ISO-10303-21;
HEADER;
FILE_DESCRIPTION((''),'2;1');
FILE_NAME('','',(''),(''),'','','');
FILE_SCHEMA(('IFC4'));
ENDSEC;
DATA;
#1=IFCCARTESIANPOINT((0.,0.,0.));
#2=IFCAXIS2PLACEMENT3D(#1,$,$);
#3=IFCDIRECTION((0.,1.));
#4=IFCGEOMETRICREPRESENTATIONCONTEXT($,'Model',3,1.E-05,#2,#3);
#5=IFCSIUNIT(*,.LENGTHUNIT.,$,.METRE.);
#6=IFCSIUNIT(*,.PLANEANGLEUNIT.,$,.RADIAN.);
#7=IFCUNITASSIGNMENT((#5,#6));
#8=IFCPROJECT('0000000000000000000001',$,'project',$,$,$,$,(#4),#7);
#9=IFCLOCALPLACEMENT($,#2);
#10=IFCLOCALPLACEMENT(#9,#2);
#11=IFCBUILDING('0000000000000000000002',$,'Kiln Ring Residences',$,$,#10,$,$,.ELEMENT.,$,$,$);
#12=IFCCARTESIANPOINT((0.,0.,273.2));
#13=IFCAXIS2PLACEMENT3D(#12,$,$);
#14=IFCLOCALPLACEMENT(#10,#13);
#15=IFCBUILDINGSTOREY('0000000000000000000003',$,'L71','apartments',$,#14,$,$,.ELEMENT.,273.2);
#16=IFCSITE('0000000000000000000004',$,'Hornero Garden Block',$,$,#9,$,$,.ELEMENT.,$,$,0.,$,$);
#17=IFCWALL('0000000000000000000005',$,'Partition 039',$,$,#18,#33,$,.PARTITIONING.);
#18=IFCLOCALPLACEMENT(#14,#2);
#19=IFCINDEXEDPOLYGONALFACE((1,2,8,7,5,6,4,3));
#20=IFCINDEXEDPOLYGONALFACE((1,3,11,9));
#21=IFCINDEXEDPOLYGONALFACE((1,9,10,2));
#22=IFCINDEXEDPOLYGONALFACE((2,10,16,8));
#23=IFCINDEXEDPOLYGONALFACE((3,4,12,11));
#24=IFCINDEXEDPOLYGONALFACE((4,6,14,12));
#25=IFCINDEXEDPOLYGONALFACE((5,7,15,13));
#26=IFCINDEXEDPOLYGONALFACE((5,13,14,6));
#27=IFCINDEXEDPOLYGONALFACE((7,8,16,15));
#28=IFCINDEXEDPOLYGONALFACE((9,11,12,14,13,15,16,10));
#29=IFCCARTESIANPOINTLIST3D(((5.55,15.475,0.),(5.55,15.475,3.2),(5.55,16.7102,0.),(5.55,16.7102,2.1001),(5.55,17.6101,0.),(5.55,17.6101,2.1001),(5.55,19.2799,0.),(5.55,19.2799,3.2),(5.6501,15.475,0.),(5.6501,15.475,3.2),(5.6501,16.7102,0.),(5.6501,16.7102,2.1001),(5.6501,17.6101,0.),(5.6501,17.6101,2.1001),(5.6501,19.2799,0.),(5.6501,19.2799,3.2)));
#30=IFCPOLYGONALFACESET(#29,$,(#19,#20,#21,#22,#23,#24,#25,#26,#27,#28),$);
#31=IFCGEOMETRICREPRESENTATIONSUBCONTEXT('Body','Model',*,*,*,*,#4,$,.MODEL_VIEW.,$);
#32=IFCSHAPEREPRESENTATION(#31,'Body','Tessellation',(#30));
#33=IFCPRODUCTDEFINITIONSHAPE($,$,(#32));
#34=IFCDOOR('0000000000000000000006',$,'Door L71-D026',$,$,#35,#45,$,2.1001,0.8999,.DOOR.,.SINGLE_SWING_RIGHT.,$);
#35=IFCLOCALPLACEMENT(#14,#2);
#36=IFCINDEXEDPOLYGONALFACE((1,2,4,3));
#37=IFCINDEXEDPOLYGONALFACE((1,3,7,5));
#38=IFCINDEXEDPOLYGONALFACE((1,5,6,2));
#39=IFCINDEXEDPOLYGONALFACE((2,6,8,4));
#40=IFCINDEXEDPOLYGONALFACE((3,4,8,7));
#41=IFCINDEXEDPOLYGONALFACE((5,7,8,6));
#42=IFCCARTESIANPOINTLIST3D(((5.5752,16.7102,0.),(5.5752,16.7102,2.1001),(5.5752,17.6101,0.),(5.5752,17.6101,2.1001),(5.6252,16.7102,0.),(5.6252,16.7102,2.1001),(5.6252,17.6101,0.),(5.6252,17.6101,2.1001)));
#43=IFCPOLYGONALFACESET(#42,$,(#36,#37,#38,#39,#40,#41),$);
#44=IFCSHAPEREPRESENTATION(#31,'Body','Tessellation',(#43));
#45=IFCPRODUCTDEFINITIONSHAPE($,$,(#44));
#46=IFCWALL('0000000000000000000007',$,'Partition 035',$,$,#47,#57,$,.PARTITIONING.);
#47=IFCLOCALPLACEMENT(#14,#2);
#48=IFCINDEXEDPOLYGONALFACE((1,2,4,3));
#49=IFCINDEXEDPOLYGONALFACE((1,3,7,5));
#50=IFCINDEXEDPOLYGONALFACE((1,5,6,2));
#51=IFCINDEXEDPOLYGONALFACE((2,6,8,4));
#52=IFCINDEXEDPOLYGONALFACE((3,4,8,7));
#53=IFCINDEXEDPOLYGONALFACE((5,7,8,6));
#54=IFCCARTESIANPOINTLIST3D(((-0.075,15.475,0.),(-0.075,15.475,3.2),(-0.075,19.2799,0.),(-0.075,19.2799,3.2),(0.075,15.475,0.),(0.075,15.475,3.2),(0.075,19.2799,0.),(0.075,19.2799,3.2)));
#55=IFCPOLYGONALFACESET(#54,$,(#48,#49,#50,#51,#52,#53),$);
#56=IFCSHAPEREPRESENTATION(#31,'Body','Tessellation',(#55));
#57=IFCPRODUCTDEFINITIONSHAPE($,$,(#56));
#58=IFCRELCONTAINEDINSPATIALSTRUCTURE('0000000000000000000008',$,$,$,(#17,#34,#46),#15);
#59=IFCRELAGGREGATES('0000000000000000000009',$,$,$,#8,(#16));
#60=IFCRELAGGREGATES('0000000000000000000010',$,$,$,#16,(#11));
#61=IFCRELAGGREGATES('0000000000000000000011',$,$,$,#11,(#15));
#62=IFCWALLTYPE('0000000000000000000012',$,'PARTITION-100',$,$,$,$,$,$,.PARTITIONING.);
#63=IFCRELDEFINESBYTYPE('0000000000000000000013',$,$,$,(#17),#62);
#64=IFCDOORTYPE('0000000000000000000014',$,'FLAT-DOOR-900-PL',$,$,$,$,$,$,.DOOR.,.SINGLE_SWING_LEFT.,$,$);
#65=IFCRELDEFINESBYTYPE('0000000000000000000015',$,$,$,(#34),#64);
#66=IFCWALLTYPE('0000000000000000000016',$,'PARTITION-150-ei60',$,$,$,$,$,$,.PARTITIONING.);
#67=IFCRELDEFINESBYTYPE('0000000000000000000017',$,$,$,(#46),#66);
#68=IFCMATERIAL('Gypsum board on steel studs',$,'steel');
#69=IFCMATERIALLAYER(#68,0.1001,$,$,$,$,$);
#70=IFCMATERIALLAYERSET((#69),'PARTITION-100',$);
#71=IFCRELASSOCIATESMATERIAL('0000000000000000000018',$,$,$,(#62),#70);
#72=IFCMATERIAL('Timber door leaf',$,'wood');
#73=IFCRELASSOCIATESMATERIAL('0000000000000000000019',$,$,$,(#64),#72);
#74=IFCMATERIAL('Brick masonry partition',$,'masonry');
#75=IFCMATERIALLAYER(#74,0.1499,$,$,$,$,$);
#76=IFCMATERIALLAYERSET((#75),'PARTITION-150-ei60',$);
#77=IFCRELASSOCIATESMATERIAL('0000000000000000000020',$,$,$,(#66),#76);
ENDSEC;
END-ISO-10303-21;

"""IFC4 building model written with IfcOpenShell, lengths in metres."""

from ifc_helpers import new_model, si_unit, direction, frame, frame_2d, origin, place, context, subcontext, project, spatial, rectangle, extrude, material, layer, layer_set, type_object, element, fill, save


model = new_model("IFC4")

# Units and contexts
model_context = context("Model", 3, precision=1e-05, world=origin(), true_north=direction((0.0, 1.0)))
body_context = subcontext(model_context, "Body", "Model", "MODEL_VIEW")
ifc_project = project(units=[si_unit("LENGTHUNIT", "METRE"), si_unit("PLANEANGLEUNIT", "RADIAN")], contexts=[model_context])

# Site, building, storey
site_placement = place(None, origin())
site = spatial("IfcSite", under=ifc_project, at=site_placement, Name="Hornero Garden Block", CompositionType="ELEMENT", RefElevation=0.0)
building_placement = place(site_placement, origin())
building = spatial("IfcBuilding", under=site, at=building_placement, Name="Kiln Ring Residences", CompositionType="ELEMENT")
storey_placement = place(building_placement, frame((0.0, 0.0, 273.2)))
storey = spatial("IfcBuildingStorey", under=building, at=storey_placement, Name="L71", Description="apartments", CompositionType="ELEMENT", Elevation=273.2)

# Wall, opening, door
ifc_material_1 = material(Name="Gypsum board on steel studs", Category="steel")
ifc_layer_1 = layer(ifc_material_1, 0.1001)
ifc_layer_set_1 = layer_set([ifc_layer_1], Name="PARTITION-100")
wall_type_1 = type_object("IfcWallType", Name="PARTITION-100", PredefinedType="PARTITIONING", material=ifc_layer_set_1)
wall_1_placement = place(storey_placement, frame((5.6001, 15.4751, 0.0), z_axis=(0.0, 0.0, 1.0), x_axis=(0.0, 1.0, 0.0)))
wall_1 = element("IfcWall", 1, at=wall_1_placement, inside=storey, type_object=wall_type_1, Name="Partition 039", PredefinedType="PARTITIONING", context=body_context, shape_type="SweptSolid", body=[
    extrude(rectangle(XDim=3.8049, YDim=0.1001, at=frame_2d((1.9023, 0.0))), origin(), (0.0, 0.0, 1.0), 3.2),
])
opening_1_placement = place(wall_1_placement, frame((1.2351, 0.0, 0.0)))
opening_1 = element("IfcOpeningElement", 2, at=opening_1_placement, cuts=wall_1, PredefinedType="OPENING", context=body_context, shape_type="SweptSolid", body=[
    extrude(rectangle(XDim=0.8999, YDim=2.1001, at=frame_2d((0.45, 1.05))), frame((0.0, 0.0601, 0.0), z_axis=(0.0, -1.0, 0.0), x_axis=(1.0, 0.0, 0.0)), (0.0, 0.0, 1.0), 0.1201),
])
ifc_material_2 = material(Name="Timber door leaf", Category="wood")
door_type = type_object("IfcDoorType", Name="FLAT-DOOR-900-PL", OperationType="SINGLE_SWING_LEFT", PredefinedType="DOOR", material=ifc_material_2)
door_placement = place(opening_1_placement, origin())
door = element("IfcDoor", 3, at=door_placement, inside=storey, type_object=door_type, Name="Door L71-D026", OperationType="SINGLE_SWING_RIGHT", OverallHeight=2.1001, OverallWidth=0.8999, PredefinedType="DOOR", context=body_context, shape_type="SweptSolid", body=[
    extrude(rectangle(XDim=0.8999, YDim=2.1001, at=frame_2d((0.45, 1.05))), frame((0.0, 0.0249, 0.0), z_axis=(0.0, -1.0, 0.0), x_axis=(1.0, 0.0, 0.0)), (0.0, 0.0, 1.0), 0.05),
])
fill(opening_1, door)

# Wall
ifc_material_3 = material(Name="Brick masonry partition", Category="masonry")
ifc_layer_2 = layer(ifc_material_3, 0.1499)
ifc_layer_set_2 = layer_set([ifc_layer_2], Name="PARTITION-150-ei60")
wall_type_2 = type_object("IfcWallType", Name="PARTITION-150-ei60", PredefinedType="PARTITIONING", material=ifc_layer_set_2)
wall_2_placement = place(storey_placement, frame((0.0, 15.4751, 0.0), z_axis=(0.0, 0.0, 1.0), x_axis=(0.0, 1.0, 0.0)))
element("IfcWall", 4, at=wall_2_placement, inside=storey, type_object=wall_type_2, Name="Partition 035", PredefinedType="PARTITIONING", context=body_context, shape_type="SweptSolid", body=[
    extrude(rectangle(XDim=3.8049, YDim=0.1499, at=frame_2d((1.9023, 0.0))), origin(), (0.0, 0.0, 1.0), 3.2),
])

save(model, "model.ifc")
